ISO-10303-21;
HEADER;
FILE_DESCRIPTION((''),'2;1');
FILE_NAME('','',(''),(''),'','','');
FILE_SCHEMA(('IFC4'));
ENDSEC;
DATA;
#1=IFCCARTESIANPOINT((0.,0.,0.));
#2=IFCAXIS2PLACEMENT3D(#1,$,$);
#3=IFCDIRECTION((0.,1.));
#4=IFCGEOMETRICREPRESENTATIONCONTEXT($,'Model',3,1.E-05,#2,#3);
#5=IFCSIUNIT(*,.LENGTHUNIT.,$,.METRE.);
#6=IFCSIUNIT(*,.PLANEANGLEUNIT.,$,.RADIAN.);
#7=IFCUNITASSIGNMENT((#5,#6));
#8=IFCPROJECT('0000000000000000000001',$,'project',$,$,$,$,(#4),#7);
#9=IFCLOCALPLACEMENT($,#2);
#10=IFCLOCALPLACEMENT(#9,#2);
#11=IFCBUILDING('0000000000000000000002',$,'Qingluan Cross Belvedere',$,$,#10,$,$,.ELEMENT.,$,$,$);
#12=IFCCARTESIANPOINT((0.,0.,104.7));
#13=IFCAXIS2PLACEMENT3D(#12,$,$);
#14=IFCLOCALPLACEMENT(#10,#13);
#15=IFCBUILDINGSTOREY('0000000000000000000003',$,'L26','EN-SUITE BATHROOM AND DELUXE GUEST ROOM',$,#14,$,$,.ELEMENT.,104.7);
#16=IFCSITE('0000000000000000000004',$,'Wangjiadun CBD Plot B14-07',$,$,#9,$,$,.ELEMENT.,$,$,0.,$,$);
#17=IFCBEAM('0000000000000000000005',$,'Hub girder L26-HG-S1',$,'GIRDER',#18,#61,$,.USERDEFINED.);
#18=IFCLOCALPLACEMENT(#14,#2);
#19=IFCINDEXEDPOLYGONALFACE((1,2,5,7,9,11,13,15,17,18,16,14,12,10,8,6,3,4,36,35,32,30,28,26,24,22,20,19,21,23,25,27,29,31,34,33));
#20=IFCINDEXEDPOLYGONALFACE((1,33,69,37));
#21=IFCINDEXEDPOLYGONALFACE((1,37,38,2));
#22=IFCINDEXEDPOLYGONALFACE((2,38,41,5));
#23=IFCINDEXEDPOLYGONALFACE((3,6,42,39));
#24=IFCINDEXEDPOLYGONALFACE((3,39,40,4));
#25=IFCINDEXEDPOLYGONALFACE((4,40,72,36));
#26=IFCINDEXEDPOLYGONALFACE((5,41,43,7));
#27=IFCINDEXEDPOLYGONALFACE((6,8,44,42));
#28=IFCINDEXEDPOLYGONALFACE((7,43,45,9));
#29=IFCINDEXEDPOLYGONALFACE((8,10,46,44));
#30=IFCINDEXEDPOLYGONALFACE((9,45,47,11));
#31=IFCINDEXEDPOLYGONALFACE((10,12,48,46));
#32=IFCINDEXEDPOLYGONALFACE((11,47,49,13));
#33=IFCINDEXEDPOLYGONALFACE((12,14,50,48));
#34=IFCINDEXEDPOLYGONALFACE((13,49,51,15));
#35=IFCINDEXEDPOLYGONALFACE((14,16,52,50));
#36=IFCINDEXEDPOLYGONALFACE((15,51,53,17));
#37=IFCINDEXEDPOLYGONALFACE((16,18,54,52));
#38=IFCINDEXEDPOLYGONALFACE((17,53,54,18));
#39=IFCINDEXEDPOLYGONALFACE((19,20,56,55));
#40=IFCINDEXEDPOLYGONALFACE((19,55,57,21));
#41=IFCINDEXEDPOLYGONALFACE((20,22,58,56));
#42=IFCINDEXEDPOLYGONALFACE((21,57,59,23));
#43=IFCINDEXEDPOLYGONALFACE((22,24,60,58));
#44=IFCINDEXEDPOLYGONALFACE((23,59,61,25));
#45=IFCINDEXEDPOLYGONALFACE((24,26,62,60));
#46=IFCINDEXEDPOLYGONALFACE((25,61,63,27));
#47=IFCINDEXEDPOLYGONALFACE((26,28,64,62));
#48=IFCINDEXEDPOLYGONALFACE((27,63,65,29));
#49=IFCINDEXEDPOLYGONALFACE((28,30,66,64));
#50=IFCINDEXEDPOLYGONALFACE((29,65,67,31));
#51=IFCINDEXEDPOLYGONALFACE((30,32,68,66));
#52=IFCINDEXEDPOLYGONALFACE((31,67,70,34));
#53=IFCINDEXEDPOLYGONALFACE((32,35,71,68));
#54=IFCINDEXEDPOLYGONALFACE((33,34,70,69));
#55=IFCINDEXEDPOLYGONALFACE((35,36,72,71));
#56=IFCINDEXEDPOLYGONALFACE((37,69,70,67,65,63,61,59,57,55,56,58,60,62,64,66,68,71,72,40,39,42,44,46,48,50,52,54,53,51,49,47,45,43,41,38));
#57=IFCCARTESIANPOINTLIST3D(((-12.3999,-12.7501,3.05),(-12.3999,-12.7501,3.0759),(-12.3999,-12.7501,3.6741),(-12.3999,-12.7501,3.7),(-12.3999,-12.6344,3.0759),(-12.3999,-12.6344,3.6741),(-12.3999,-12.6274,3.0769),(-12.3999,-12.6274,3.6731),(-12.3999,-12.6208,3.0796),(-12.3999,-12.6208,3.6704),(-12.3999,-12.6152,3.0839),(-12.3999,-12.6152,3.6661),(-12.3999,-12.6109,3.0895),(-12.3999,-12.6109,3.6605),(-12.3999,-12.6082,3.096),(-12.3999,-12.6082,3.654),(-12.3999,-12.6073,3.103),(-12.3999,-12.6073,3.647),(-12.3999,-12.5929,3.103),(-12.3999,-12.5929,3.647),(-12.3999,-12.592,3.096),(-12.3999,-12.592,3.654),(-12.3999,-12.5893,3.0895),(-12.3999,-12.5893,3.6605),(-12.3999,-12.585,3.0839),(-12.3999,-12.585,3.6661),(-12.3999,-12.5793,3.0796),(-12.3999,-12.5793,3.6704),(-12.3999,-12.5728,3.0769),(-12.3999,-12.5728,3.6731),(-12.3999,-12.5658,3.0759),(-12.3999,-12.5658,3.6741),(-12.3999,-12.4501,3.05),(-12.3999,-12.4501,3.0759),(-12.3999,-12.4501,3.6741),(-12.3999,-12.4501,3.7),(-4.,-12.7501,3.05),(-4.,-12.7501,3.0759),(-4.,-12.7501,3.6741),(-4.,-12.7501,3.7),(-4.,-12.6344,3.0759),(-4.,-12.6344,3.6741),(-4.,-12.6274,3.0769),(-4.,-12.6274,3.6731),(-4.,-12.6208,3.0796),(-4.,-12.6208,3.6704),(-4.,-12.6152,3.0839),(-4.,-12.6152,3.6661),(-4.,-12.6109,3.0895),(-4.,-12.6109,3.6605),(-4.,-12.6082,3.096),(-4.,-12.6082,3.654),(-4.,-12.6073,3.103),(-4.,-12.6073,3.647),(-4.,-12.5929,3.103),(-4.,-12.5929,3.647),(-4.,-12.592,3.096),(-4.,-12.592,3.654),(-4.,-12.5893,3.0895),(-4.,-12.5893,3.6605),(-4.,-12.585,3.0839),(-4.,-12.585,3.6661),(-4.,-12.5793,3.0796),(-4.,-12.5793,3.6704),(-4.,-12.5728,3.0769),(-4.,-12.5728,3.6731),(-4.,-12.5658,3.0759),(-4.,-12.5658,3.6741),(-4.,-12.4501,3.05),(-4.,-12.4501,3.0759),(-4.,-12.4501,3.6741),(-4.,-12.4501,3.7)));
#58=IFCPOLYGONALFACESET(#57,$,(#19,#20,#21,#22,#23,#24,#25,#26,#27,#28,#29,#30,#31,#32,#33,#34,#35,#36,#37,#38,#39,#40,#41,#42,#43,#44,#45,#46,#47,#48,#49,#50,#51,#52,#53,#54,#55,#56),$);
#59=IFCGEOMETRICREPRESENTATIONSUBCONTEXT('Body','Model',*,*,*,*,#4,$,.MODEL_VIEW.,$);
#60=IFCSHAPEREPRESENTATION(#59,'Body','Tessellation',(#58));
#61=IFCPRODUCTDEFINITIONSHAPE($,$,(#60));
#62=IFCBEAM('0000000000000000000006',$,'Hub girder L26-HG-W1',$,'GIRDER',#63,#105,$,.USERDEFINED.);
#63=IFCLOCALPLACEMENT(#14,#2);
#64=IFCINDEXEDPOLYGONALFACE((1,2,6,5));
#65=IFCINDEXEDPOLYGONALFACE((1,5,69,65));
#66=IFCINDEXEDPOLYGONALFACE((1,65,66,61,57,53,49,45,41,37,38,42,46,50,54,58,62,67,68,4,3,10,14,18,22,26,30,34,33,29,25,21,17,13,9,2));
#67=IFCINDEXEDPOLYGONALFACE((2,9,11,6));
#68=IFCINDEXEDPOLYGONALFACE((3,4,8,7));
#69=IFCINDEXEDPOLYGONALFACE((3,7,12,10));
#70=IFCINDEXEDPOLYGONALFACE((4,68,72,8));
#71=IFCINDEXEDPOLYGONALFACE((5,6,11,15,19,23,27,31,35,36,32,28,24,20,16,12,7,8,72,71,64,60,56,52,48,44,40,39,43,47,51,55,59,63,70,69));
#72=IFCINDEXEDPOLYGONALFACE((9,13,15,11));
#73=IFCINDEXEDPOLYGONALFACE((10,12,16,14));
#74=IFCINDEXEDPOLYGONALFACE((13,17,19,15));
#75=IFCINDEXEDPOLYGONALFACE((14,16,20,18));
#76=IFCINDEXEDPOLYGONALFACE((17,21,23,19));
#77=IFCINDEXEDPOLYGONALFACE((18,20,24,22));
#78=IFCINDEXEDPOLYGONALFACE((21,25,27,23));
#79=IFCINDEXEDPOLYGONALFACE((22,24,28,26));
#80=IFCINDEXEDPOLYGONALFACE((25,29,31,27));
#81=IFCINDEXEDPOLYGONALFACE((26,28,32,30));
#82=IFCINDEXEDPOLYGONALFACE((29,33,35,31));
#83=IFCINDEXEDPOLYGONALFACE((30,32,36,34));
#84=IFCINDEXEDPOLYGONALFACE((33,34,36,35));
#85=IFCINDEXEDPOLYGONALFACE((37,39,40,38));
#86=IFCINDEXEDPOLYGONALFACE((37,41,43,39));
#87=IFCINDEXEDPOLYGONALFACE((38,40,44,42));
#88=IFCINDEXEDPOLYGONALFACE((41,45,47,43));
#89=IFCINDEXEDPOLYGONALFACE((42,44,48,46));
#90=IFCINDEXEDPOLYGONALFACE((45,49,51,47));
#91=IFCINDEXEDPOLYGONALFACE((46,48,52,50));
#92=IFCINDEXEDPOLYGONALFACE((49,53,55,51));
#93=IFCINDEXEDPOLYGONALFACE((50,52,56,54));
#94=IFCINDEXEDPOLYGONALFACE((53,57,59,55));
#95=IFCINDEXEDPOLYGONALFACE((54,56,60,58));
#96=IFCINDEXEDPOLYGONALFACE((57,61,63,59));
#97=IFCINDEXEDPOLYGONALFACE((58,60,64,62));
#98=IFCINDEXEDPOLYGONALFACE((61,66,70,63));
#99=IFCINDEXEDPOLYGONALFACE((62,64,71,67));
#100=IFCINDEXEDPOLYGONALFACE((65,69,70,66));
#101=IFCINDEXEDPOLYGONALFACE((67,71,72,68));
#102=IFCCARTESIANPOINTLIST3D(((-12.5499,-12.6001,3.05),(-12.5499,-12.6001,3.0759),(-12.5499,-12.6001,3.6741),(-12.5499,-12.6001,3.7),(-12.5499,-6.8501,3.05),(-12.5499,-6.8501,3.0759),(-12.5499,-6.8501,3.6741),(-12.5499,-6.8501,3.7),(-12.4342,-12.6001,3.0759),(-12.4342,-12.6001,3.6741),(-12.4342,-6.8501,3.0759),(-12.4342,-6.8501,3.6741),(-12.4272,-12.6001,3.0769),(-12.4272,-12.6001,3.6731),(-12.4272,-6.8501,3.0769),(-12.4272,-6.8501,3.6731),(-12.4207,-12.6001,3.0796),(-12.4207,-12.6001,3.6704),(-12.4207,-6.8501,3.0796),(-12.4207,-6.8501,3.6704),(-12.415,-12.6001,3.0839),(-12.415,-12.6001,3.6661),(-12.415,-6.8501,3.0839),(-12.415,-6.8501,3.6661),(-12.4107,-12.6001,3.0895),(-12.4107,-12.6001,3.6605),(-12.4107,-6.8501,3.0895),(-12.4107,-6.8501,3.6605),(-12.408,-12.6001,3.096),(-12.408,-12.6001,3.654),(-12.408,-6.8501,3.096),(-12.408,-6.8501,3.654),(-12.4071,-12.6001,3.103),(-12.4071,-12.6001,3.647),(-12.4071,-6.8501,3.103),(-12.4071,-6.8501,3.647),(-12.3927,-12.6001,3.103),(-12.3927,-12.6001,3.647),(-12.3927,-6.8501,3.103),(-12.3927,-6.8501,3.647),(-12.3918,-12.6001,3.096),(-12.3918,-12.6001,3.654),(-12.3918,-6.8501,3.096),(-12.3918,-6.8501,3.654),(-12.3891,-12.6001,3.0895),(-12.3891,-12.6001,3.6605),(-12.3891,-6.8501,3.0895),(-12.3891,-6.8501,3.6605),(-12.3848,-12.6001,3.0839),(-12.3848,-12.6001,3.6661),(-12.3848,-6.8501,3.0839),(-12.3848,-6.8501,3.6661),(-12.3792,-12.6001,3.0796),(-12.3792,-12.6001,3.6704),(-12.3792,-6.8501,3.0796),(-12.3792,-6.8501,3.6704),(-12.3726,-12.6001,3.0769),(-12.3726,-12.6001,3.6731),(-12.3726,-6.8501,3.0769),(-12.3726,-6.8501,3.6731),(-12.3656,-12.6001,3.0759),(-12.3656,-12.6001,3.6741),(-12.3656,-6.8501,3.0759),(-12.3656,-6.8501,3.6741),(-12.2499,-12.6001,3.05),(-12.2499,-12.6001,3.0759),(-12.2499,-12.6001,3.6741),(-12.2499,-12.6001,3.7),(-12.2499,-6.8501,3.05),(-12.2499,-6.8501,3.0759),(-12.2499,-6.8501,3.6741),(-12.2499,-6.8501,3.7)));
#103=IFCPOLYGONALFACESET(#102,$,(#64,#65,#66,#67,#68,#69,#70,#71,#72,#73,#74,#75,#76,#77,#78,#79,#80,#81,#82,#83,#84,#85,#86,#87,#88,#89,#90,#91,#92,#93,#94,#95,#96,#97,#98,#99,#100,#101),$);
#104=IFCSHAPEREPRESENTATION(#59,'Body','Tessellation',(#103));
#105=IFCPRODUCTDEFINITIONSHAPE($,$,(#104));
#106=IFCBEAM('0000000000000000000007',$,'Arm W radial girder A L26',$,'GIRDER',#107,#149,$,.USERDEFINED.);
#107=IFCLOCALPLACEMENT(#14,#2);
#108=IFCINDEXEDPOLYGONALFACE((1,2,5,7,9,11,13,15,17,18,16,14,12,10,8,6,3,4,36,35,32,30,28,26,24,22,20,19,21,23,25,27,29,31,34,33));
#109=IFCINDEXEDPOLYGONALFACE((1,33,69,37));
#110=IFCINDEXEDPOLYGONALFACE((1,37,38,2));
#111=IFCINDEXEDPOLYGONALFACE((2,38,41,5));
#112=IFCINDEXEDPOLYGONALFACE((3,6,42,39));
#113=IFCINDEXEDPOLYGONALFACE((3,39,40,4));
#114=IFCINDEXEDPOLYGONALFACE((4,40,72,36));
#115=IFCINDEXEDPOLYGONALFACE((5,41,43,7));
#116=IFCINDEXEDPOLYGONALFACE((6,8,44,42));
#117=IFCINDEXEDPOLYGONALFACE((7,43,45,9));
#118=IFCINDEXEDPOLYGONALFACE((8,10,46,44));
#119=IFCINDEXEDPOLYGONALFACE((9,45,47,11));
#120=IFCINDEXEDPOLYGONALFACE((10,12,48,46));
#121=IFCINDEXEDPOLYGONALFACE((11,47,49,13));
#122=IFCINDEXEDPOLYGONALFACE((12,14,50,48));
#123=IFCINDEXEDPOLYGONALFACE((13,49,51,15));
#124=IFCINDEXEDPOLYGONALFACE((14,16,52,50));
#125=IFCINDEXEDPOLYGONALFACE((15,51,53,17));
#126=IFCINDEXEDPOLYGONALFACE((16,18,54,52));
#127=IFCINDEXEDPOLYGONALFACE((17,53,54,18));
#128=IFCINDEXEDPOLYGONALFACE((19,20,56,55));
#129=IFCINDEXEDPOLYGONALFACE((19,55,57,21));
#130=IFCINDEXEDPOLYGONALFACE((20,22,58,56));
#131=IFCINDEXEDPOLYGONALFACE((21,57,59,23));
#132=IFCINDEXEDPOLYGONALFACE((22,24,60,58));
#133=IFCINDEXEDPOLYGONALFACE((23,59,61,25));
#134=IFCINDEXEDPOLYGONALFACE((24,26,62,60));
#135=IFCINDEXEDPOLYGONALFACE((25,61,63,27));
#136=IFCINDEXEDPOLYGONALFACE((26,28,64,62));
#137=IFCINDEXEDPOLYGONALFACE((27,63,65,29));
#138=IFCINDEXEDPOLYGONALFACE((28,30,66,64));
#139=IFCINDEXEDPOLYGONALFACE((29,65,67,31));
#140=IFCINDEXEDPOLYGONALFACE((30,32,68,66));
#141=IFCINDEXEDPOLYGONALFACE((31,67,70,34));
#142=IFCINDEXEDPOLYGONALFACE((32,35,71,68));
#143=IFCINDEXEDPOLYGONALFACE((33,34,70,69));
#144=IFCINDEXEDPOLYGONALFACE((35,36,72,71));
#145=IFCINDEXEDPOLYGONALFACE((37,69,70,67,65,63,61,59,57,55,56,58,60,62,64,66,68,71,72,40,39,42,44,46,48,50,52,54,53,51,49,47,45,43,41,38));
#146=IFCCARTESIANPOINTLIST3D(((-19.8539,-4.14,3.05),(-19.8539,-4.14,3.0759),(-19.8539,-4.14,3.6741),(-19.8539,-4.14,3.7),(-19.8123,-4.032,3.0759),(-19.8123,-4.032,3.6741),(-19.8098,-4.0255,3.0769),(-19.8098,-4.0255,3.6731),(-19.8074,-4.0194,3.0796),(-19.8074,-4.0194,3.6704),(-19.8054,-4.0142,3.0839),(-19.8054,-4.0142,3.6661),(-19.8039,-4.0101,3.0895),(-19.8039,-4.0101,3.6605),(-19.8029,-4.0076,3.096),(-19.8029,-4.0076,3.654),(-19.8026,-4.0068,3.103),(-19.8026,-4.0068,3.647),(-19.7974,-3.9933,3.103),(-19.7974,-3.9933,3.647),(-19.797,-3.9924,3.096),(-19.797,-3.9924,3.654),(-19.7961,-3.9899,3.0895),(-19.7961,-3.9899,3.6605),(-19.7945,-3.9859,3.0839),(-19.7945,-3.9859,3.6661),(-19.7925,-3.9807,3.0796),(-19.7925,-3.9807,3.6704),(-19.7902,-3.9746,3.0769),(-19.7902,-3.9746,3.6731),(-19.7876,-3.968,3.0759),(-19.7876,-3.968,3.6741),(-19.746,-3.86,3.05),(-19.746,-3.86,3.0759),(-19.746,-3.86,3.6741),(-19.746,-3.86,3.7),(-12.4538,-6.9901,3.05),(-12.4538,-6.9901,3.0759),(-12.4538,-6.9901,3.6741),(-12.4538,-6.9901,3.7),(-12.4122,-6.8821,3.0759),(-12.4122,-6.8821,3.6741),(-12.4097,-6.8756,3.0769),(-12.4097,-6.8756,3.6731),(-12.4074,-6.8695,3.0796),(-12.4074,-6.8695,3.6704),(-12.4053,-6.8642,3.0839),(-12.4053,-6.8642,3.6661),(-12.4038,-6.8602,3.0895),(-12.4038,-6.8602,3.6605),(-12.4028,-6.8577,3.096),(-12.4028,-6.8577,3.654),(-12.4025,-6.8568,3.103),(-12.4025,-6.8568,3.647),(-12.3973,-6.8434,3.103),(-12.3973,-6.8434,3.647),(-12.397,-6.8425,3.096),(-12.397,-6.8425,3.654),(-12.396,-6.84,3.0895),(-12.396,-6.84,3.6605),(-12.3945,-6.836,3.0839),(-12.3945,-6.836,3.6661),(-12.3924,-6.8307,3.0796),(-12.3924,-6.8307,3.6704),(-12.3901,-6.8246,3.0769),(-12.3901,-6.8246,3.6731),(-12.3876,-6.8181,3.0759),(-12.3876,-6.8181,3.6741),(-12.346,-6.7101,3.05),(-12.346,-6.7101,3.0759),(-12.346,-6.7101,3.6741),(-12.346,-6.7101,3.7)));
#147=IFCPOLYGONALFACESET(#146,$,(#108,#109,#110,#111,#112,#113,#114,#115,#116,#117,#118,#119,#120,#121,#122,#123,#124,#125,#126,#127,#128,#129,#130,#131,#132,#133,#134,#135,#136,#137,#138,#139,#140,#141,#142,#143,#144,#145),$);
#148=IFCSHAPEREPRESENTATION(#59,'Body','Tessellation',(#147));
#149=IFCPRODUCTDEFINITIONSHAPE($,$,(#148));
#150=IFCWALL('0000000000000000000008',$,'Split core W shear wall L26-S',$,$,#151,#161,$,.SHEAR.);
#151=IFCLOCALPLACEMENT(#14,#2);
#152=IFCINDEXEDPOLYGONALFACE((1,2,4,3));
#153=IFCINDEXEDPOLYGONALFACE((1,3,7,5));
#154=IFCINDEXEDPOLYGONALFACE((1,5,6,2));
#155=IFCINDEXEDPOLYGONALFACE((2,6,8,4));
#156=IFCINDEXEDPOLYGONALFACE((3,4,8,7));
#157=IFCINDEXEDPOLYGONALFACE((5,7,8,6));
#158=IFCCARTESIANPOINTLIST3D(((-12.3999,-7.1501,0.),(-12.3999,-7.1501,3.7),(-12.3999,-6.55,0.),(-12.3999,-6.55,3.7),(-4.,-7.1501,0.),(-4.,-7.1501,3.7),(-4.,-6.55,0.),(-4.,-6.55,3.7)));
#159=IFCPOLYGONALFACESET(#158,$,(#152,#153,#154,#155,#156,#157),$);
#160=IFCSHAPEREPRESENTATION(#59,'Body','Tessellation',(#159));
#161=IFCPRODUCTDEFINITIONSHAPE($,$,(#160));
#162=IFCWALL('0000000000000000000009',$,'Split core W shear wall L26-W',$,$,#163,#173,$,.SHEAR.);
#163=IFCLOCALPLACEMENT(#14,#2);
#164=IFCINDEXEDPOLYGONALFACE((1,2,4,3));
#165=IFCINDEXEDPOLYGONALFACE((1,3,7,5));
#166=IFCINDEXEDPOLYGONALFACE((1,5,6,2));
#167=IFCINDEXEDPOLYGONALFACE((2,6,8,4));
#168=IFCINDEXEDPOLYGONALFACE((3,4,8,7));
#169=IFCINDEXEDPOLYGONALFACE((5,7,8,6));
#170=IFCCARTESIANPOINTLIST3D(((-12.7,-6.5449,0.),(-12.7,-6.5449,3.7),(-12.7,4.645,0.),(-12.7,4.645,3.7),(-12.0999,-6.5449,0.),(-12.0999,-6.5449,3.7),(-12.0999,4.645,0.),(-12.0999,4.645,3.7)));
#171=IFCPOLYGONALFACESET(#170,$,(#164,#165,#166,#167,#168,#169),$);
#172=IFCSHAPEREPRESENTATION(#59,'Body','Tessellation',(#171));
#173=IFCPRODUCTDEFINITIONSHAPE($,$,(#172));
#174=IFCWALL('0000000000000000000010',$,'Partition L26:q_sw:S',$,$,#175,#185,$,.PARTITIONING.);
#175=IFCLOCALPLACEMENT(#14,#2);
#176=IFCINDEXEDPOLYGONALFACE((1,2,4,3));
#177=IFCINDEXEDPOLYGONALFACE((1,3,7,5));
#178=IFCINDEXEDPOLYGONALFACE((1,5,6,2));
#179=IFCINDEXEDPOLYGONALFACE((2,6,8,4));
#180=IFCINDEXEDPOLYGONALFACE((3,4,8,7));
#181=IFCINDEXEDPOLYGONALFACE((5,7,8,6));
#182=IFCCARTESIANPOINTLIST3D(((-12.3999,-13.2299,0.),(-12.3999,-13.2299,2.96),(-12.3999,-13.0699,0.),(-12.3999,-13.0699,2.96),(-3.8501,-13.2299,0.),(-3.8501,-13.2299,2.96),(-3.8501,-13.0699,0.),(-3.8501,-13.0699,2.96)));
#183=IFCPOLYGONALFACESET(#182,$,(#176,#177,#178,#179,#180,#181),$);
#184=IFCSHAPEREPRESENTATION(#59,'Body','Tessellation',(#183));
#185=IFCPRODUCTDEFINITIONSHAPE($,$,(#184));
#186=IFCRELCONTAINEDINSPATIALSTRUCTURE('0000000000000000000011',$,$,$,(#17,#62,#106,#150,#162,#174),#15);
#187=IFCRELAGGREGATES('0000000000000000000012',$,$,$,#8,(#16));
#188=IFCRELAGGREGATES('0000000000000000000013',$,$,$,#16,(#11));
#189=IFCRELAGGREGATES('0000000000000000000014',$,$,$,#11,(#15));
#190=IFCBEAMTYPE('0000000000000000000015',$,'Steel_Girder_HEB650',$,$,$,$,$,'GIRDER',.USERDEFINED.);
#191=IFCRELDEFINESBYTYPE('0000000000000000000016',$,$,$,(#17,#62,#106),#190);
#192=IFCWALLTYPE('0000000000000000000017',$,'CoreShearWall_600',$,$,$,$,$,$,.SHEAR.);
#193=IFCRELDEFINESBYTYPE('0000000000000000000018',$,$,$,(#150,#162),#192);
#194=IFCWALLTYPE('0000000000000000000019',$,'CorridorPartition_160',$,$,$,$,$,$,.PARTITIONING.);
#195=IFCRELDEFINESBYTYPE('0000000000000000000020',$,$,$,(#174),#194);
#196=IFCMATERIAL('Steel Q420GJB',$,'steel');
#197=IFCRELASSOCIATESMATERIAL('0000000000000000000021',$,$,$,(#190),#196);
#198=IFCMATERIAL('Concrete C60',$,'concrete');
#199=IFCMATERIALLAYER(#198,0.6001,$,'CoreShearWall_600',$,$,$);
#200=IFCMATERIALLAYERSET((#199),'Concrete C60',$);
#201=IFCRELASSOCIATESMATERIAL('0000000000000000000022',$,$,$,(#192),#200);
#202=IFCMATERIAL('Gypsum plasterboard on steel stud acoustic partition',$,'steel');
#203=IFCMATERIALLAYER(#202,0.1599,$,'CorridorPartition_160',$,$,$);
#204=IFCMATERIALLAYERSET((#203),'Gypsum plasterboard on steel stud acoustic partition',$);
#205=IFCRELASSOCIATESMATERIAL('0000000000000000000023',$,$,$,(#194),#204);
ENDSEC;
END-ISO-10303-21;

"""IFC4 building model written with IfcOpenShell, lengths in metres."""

from ifc_helpers import new_model, si_unit, direction, frame, frame_2d, origin, origin_2d, place, context, subcontext, project, spatial, rectangle, i_section, extrude, material, layer, layer_set, material_profile, profile_set, type_object, element, save


model = new_model("IFC4")

# Units and contexts
model_context = context("Model", 3, precision=1e-05, world=origin(), true_north=direction((0.0, 1.0)))
body_context = subcontext(model_context, "Body", "Model", "MODEL_VIEW")
ifc_project = project(units=[si_unit("LENGTHUNIT", "METRE"), si_unit("PLANEANGLEUNIT", "RADIAN")], contexts=[model_context])

# Site, building, storey
site_placement = place(None, origin())
site = spatial("IfcSite", under=ifc_project, at=site_placement, Name="Wangjiadun CBD Plot B14-07", CompositionType="ELEMENT", RefElevation=0.0)
building_placement = place(site_placement, origin())
building = spatial("IfcBuilding", under=site, at=building_placement, Name="Qingluan Cross Belvedere", CompositionType="ELEMENT")
storey_placement = place(building_placement, frame((0.0, 0.0, 104.7)))
storey = spatial("IfcBuildingStorey", under=building, at=storey_placement, Name="L26", Description="EN-SUITE BATHROOM AND DELUXE GUEST ROOM", CompositionType="ELEMENT", Elevation=104.7)

# Beams
ifc_material_1 = material(Name="Steel Q420GJB", Category="steel")
ifc_material_profile_1 = material_profile(ifc_material_1, i_section(OverallWidth=0.3, OverallDepth=0.6499, WebThickness=0.0144, FlangeThickness=0.0259, FilletRadius=0.0271, at=origin_2d()), Name="HEB650")
ifc_profile_set_1 = profile_set([ifc_material_profile_1], Name="Steel Q420GJB")
beam_type_1 = type_object("IfcBeamType", Name="Steel_Girder_HEB650", ElementType="GIRDER", PredefinedType="USERDEFINED", material=ifc_profile_set_1)
beam_1_placement = place(storey_placement, frame((-12.3999, -12.6001, 3.375), z_axis=(1.0, 0.0, 0.0), x_axis=(0.0, 1.0, 0.0)))
element("IfcBeam", 1, at=beam_1_placement, inside=storey, type_object=beam_type_1, Name="Hub girder L26-HG-S1", ObjectType="GIRDER", PredefinedType="USERDEFINED", context=body_context, shape_type="SweptSolid", body=[
    extrude(i_section(OverallWidth=0.3, OverallDepth=0.6499, WebThickness=0.0144, FlangeThickness=0.0259, FilletRadius=0.0271, at=origin_2d()), origin(), (0.0, 0.0, 1.0), 8.3999),
])
beam_2_placement = place(storey_placement, frame((-12.3999, -12.6001, 3.375), z_axis=(0.0, 1.0, 0.0), x_axis=(-1.0, 0.0, 0.0)))
element("IfcBeam", 2, at=beam_2_placement, inside=storey, type_object=beam_type_1, Name="Hub girder L26-HG-W1", ObjectType="GIRDER", PredefinedType="USERDEFINED", context=body_context, shape_type="SweptSolid", body=[
    extrude(i_section(OverallWidth=0.3, OverallDepth=0.6499, WebThickness=0.0144, FlangeThickness=0.0259, FilletRadius=0.0271, at=origin_2d()), origin(), (0.0, 0.0, 1.0), 5.75),
])
beam_3_placement = place(storey_placement, frame((-12.3999, -6.8501, 3.375), z_axis=(-0.933181, 0.359406, 0.0), x_axis=(-0.359406, -0.933181, 0.0)))
element("IfcBeam", 3, at=beam_3_placement, inside=storey, type_object=beam_type_1, Name="Arm W radial girder A L26", ObjectType="GIRDER", PredefinedType="USERDEFINED", context=body_context, shape_type="SweptSolid", body=[
    extrude(i_section(OverallWidth=0.3, OverallDepth=0.6499, WebThickness=0.0144, FlangeThickness=0.0259, FilletRadius=0.0271, at=origin_2d()), origin(), (0.0, 0.0, 1.0), 7.9299),
])

# Walls
ifc_material_2 = material(Name="Concrete C60", Category="concrete")
ifc_layer_1 = layer(ifc_material_2, 0.6001, Name="CoreShearWall_600")
ifc_layer_set_1 = layer_set([ifc_layer_1], Name="Concrete C60")
wall_type_1 = type_object("IfcWallType", Name="CoreShearWall_600", PredefinedType="SHEAR", material=ifc_layer_set_1)
wall_1_placement = place(storey_placement, frame((-12.3999, -6.8501, 0.0), z_axis=(0.0, 0.0, 1.0), x_axis=(1.0, 0.0, 0.0)))
element("IfcWall", 4, at=wall_1_placement, inside=storey, type_object=wall_type_1, Name="Split core W shear wall L26-S", PredefinedType="SHEAR", context=body_context, shape_type="SweptSolid", body=[
    extrude(rectangle(XDim=8.3999, YDim=0.6001, at=frame_2d((4.2, 0.0))), origin(), (0.0, 0.0, 1.0), 3.7),
])
wall_2_placement = place(storey_placement, frame((-12.3999, -6.5449, 0.0), z_axis=(0.0, 0.0, 1.0), x_axis=(0.0, 1.0, 0.0)))
element("IfcWall", 5, at=wall_2_placement, inside=storey, type_object=wall_type_1, Name="Split core W shear wall L26-W", PredefinedType="SHEAR", context=body_context, shape_type="SweptSolid", body=[
    extrude(rectangle(XDim=11.1899, YDim=0.6001, at=frame_2d((5.595, 0.0))), origin(), (0.0, 0.0, 1.0), 3.7),
])
ifc_material_3 = material(Name="Gypsum plasterboard on steel stud acoustic partition", Category="steel")
ifc_layer_2 = layer(ifc_material_3, 0.1599, Name="CorridorPartition_160")
ifc_layer_set_2 = layer_set([ifc_layer_2], Name="Gypsum plasterboard on steel stud acoustic partition")
wall_type_2 = type_object("IfcWallType", Name="CorridorPartition_160", PredefinedType="PARTITIONING", material=ifc_layer_set_2)
wall_3_placement = place(storey_placement, frame((-12.3999, -13.1499, 0.0), z_axis=(0.0, 0.0, 1.0), x_axis=(1.0, 0.0, 0.0)))
element("IfcWall", 6, at=wall_3_placement, inside=storey, type_object=wall_type_2, Name="Partition L26:q_sw:S", PredefinedType="PARTITIONING", context=body_context, shape_type="SweptSolid", body=[
    extrude(rectangle(XDim=8.5498, YDim=0.1599, at=frame_2d((4.2749, 0.0))), origin(), (0.0, 0.0, 1.0), 2.96),
])

save(model, "model.ifc")
